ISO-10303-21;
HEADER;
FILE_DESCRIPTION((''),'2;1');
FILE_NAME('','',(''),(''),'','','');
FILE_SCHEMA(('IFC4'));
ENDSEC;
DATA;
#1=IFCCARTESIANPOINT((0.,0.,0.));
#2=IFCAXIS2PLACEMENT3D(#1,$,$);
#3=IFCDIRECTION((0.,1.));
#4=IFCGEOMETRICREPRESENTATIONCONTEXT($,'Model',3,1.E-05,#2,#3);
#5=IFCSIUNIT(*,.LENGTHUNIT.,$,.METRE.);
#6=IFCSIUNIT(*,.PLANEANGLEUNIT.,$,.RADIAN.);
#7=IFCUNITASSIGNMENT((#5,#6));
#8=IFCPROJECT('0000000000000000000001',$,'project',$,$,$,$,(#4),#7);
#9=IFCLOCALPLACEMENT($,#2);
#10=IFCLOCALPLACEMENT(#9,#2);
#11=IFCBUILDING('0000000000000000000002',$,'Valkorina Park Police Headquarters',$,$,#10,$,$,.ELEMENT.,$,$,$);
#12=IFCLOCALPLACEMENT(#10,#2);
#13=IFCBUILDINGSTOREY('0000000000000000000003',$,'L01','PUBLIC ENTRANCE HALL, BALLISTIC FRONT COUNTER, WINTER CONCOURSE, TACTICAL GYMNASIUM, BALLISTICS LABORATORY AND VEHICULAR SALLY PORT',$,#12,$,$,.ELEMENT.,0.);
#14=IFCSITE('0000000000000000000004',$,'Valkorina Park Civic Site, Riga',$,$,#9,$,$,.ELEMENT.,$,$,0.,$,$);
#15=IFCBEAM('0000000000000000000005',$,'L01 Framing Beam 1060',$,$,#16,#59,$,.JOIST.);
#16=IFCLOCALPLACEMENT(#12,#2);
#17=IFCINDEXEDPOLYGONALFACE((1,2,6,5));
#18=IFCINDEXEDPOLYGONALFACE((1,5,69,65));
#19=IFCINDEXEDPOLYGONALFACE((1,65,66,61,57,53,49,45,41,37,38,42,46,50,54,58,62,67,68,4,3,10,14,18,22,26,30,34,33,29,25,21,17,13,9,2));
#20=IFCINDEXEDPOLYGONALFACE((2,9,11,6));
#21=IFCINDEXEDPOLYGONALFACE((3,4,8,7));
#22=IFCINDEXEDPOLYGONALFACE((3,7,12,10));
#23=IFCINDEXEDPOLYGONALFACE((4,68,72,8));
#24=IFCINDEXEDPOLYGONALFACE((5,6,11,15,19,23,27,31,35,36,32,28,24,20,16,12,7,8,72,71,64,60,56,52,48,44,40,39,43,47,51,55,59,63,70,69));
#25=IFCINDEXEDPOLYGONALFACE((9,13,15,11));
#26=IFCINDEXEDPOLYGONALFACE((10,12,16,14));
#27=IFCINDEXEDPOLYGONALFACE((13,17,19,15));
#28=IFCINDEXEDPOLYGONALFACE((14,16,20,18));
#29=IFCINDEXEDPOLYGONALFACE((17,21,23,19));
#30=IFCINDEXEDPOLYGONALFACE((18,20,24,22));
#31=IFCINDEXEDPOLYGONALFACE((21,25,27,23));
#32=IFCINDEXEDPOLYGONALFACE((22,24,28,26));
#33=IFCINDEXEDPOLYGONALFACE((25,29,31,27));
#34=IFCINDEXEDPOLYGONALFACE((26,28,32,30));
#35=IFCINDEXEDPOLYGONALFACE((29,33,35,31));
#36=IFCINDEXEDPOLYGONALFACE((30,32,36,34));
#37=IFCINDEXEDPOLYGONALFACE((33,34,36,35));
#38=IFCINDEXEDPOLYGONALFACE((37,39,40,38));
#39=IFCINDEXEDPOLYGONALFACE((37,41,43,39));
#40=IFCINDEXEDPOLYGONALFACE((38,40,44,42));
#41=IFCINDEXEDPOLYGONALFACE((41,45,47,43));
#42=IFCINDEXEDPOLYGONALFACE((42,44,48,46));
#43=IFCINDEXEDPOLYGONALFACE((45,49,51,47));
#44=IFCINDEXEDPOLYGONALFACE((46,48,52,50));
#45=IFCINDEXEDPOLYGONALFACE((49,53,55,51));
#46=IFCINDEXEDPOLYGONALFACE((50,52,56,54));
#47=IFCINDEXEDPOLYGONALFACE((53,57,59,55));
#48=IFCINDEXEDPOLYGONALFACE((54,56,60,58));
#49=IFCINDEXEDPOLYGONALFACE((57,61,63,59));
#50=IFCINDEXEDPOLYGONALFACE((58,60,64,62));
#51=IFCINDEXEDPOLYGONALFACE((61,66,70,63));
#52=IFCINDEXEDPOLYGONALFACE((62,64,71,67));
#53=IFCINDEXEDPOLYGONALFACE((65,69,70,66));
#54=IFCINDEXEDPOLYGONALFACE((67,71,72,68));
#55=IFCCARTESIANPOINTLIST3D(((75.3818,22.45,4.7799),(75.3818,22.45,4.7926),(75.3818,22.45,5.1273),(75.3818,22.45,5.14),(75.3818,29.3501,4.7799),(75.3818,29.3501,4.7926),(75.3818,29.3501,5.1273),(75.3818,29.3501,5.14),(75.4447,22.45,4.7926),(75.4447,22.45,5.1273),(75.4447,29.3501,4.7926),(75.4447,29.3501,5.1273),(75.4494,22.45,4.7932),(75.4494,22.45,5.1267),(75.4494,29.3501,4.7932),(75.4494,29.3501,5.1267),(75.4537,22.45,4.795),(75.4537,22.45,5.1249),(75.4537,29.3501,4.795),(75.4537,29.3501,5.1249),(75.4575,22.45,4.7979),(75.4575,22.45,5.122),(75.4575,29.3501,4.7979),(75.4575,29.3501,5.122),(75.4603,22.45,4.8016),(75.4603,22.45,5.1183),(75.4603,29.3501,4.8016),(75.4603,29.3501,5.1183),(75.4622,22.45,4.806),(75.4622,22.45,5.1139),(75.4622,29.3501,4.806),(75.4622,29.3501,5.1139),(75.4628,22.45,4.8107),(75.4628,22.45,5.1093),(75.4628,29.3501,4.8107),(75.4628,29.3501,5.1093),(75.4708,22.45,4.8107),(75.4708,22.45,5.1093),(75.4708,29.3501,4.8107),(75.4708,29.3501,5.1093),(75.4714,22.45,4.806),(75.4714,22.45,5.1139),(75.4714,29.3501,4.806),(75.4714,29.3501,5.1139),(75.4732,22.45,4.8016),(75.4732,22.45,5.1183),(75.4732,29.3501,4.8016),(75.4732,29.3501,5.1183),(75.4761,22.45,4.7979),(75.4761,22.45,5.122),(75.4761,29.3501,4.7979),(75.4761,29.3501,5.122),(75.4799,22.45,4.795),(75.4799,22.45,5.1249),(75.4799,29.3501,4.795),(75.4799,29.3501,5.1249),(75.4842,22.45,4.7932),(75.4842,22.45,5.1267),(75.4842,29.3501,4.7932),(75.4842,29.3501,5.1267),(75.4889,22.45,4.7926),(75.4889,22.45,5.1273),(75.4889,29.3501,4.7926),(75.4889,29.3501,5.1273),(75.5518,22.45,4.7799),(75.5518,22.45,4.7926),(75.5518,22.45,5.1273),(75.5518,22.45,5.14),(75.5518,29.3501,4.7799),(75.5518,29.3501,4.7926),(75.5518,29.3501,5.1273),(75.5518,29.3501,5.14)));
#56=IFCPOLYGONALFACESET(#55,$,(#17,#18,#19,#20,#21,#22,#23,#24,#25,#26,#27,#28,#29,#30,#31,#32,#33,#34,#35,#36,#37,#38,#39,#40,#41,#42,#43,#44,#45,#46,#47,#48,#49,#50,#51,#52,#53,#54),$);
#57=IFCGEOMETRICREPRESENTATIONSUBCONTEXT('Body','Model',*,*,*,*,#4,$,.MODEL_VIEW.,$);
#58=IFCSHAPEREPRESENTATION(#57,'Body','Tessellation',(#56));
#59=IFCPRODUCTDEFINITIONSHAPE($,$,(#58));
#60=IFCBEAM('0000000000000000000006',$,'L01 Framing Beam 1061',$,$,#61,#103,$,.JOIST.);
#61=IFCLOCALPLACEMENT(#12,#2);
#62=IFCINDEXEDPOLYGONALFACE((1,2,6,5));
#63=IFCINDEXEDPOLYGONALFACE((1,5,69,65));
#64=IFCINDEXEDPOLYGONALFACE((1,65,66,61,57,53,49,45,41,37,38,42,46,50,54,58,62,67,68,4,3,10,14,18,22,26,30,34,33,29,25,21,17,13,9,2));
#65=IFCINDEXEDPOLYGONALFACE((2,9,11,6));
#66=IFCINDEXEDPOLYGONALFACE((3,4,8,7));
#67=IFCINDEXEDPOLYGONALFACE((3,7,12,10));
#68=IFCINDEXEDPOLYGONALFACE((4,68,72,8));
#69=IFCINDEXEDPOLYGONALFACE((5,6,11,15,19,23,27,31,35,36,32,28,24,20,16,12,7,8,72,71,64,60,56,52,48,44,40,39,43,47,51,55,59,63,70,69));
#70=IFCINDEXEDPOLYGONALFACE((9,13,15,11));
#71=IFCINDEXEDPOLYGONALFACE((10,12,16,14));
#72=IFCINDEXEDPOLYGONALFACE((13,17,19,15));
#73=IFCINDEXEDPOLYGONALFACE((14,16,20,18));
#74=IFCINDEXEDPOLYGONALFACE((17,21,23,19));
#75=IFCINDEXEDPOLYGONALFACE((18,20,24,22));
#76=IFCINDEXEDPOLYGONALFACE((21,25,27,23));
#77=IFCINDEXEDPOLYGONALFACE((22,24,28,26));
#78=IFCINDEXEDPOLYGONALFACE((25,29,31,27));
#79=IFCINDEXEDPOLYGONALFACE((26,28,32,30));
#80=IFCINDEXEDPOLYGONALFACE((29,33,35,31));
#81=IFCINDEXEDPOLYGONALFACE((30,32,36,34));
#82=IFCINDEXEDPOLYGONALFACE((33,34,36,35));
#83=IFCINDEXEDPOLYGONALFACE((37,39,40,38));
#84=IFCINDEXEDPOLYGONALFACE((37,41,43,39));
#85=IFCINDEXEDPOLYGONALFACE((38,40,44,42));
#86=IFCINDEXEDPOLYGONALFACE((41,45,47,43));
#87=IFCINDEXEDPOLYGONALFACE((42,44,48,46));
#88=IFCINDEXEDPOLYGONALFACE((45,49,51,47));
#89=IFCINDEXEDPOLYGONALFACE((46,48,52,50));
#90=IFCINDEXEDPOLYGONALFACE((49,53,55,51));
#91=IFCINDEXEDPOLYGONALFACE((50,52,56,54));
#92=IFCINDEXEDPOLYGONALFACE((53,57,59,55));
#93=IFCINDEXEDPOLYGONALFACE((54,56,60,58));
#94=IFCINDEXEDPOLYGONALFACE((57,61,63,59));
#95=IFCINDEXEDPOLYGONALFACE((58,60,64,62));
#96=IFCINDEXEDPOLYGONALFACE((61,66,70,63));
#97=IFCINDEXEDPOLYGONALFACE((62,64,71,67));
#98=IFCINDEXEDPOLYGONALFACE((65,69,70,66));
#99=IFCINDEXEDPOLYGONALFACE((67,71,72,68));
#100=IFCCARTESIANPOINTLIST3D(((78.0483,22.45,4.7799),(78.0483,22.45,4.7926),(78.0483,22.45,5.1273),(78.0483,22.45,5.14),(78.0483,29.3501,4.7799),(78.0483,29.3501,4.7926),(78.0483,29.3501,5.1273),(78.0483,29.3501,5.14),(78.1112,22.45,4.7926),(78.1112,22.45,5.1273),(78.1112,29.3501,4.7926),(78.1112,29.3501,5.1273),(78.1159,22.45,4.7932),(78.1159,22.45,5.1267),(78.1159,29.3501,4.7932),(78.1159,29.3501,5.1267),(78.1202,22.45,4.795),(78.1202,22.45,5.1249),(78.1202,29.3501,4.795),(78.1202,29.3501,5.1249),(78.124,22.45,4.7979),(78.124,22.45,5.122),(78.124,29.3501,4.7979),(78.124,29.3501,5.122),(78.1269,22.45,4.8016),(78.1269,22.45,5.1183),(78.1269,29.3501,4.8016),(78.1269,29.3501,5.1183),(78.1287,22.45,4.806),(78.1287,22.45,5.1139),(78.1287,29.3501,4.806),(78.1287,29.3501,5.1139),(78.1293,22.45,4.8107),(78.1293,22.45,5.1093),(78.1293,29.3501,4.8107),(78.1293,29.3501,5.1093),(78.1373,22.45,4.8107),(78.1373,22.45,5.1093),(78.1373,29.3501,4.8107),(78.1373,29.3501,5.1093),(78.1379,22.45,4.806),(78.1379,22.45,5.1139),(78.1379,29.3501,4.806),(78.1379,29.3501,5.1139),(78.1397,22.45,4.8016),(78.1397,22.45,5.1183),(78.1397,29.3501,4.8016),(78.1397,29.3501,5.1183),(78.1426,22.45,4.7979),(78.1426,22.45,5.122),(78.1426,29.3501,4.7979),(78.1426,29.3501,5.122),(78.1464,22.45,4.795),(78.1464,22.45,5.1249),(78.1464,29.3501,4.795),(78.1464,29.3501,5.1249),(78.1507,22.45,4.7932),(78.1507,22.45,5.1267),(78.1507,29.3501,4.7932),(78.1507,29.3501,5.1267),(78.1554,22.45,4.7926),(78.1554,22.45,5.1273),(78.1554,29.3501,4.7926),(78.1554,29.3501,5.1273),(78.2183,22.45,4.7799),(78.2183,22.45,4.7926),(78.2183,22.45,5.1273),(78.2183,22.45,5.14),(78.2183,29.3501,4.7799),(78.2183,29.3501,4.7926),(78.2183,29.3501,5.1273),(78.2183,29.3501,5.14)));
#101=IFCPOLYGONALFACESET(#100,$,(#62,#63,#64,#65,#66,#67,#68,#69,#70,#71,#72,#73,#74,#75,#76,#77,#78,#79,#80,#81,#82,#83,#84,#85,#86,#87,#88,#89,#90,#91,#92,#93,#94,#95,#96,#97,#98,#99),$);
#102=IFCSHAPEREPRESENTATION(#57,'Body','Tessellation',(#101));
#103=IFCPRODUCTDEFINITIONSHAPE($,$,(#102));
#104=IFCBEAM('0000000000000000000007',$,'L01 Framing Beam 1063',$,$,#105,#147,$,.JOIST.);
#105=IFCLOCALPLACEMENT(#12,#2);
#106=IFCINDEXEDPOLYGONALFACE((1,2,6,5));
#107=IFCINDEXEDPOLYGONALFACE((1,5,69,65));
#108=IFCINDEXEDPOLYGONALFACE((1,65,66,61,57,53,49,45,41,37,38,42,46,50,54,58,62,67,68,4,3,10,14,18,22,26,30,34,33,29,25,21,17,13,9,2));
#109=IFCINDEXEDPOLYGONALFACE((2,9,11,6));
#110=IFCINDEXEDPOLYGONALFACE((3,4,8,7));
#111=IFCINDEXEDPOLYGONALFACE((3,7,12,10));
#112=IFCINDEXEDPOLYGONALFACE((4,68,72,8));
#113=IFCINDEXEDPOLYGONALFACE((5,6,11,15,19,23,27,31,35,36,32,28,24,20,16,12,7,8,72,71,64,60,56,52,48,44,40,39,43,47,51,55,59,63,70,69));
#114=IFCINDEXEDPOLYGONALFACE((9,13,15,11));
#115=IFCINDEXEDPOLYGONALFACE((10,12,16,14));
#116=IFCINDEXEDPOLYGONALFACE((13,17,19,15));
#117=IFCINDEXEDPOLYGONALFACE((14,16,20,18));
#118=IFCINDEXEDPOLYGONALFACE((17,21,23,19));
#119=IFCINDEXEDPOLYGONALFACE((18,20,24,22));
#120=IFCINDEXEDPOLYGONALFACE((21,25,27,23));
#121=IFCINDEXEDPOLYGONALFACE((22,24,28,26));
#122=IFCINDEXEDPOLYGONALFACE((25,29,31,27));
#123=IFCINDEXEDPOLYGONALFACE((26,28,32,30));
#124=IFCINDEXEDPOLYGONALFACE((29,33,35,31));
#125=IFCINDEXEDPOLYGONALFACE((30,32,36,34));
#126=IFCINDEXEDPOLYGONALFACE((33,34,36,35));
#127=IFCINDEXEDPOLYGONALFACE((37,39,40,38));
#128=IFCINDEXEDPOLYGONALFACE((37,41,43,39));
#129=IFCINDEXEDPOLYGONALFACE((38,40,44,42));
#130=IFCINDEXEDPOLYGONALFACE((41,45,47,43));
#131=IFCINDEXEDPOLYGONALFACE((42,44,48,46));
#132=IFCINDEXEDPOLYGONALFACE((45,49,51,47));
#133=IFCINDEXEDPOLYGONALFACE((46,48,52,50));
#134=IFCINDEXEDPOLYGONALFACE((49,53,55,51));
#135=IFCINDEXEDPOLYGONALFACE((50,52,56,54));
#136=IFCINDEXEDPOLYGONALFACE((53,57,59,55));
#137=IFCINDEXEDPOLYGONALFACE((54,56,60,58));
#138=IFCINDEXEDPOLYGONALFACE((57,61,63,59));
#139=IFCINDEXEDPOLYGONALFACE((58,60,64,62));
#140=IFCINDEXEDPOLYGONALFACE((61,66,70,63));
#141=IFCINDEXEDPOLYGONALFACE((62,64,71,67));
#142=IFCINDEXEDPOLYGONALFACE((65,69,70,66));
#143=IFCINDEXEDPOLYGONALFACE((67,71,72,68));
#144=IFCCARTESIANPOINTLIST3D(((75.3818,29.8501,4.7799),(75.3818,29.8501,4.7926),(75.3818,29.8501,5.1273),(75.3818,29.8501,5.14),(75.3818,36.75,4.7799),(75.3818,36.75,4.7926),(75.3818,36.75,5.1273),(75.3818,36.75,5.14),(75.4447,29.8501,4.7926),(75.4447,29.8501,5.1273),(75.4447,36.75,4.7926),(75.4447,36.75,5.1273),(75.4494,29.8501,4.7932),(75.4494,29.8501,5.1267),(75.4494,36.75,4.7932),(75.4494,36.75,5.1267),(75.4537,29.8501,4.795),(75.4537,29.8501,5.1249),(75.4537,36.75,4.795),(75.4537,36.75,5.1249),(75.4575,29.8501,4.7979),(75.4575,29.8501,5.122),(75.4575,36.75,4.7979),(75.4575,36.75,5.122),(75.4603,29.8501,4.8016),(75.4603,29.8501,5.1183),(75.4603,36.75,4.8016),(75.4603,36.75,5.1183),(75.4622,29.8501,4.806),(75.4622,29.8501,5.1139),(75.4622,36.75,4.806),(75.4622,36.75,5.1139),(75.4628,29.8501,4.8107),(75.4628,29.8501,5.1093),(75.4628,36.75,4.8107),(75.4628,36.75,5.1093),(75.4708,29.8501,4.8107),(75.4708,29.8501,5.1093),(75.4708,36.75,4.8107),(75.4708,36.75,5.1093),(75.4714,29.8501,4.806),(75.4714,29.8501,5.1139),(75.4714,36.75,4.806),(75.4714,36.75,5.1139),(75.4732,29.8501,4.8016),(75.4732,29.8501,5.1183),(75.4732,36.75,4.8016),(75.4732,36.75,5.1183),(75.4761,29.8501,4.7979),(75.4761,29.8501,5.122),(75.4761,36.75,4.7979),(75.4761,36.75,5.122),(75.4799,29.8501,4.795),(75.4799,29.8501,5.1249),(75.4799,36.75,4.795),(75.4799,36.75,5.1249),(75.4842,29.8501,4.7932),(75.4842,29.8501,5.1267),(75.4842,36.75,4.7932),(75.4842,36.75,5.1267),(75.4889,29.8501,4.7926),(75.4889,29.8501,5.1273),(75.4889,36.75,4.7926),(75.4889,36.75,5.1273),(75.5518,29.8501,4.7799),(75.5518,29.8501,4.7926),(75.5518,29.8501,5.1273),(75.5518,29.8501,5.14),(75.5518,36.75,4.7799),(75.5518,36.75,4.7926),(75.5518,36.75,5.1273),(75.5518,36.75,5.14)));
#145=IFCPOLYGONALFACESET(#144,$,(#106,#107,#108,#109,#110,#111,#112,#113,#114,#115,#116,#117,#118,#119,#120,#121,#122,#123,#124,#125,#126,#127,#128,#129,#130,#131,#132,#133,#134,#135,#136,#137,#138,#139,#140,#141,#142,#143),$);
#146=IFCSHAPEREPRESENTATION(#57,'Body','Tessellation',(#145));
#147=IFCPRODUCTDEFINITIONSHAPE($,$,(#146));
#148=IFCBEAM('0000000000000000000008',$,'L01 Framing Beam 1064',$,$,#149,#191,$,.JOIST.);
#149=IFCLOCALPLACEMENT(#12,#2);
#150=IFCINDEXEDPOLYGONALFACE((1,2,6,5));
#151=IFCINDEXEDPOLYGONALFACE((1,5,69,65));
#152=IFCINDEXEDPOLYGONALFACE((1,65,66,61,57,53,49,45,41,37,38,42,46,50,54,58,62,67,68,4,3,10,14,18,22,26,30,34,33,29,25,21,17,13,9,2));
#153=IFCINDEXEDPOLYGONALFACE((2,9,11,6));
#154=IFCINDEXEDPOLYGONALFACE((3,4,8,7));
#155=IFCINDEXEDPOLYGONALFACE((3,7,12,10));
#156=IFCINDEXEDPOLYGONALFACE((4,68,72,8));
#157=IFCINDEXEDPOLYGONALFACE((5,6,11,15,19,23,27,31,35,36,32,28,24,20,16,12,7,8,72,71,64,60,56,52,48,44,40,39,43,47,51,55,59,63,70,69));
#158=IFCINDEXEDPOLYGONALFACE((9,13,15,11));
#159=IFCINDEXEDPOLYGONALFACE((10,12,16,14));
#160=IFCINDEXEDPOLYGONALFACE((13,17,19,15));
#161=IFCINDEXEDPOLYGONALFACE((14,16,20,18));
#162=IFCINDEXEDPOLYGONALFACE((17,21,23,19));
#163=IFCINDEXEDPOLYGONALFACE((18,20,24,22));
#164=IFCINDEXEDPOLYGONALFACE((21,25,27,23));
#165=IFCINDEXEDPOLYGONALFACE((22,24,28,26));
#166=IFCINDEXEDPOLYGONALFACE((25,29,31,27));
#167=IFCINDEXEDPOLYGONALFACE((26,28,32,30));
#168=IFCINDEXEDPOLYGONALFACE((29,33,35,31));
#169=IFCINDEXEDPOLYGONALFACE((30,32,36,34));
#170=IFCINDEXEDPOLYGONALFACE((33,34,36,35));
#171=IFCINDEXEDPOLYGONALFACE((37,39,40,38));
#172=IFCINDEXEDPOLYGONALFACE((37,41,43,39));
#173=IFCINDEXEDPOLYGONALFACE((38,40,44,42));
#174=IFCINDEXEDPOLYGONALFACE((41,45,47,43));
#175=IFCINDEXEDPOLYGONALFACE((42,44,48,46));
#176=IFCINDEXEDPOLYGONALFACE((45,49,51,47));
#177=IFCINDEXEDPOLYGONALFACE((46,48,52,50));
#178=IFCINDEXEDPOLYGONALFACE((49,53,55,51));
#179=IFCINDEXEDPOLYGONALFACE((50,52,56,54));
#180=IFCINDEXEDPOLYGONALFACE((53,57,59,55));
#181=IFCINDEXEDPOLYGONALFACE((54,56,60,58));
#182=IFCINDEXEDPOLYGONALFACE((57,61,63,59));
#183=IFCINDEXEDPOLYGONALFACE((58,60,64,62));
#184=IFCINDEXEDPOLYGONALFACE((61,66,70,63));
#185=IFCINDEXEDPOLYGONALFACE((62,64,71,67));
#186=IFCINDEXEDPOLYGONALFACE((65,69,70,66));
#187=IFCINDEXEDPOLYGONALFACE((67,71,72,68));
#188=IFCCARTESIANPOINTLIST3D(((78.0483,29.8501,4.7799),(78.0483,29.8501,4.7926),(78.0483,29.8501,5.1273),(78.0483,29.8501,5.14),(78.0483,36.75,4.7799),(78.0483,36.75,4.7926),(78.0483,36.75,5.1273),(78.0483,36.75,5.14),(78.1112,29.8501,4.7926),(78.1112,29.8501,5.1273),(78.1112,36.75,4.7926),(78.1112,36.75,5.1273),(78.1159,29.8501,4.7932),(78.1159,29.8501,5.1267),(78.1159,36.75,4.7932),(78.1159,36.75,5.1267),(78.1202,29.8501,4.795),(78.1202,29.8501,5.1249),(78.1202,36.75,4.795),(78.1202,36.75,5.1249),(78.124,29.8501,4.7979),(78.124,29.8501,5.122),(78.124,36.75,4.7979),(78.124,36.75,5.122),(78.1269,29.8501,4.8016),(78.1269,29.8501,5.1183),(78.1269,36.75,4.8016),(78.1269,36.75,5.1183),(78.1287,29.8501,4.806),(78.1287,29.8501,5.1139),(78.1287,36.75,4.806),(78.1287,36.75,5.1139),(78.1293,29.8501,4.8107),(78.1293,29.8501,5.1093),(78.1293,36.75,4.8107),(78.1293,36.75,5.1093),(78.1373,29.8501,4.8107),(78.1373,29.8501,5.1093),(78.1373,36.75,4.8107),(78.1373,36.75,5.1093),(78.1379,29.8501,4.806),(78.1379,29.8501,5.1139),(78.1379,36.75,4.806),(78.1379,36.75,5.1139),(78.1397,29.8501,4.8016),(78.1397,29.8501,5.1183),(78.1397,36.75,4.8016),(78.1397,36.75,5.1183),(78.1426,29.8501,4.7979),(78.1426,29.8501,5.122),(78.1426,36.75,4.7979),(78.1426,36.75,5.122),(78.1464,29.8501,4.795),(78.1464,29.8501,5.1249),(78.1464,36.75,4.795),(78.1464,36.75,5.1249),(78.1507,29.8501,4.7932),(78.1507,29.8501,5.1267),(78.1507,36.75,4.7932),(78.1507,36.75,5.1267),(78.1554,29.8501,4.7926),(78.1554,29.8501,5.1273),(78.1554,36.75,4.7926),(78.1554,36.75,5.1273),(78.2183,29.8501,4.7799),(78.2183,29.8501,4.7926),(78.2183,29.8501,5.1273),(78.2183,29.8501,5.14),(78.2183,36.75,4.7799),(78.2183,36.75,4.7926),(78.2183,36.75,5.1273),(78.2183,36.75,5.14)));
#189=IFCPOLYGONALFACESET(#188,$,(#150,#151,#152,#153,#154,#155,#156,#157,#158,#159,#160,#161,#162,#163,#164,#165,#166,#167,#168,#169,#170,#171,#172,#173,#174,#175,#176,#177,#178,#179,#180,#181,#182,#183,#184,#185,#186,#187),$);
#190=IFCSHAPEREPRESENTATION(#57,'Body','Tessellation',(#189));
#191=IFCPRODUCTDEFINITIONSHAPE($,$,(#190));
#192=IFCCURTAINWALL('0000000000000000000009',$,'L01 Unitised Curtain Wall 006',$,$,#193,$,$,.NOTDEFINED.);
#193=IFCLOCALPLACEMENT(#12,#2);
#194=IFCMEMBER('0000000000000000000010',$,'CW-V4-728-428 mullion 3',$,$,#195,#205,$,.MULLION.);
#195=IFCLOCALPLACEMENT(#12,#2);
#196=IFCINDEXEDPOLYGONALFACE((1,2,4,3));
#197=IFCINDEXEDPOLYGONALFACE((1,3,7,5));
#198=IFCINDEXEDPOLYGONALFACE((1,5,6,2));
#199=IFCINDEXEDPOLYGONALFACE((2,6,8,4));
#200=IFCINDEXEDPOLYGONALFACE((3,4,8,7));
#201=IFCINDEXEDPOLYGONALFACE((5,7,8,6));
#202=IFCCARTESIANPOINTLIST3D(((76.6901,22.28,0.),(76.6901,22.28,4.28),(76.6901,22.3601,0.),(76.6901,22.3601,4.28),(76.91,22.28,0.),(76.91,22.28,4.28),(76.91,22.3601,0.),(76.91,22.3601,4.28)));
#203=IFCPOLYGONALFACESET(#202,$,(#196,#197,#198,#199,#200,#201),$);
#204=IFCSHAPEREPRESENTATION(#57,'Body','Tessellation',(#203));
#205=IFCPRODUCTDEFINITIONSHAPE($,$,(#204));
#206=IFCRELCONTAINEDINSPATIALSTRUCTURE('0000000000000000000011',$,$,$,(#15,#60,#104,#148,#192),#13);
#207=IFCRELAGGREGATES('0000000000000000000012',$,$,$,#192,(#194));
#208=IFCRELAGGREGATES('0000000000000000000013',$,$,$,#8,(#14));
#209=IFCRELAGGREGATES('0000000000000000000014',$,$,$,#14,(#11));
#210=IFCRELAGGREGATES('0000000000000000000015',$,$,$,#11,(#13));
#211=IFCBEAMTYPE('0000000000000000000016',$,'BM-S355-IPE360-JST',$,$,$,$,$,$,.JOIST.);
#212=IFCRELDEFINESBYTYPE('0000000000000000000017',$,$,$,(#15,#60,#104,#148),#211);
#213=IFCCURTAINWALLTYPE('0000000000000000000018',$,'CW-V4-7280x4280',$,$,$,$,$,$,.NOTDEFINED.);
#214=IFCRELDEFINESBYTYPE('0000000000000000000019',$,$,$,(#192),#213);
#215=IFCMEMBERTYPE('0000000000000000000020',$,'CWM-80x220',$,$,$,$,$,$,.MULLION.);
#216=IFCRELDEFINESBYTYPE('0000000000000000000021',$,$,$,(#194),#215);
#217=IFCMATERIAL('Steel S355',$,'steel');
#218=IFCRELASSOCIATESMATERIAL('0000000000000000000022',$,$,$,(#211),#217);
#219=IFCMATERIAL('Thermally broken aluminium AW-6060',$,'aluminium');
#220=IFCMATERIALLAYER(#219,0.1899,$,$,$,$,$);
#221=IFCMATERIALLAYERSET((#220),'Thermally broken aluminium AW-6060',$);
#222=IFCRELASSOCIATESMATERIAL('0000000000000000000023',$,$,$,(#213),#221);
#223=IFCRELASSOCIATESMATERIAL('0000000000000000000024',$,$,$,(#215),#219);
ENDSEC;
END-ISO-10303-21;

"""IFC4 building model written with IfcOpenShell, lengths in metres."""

from ifc_helpers import new_model, si_unit, direction, frame, origin, origin_2d, place, context, subcontext, project, spatial, rectangle, i_section, extrude, material, layer, layer_set, material_profile, profile_set, type_object, element, aggregate, save


model = new_model("IFC4")

# Units and contexts
model_context = context("Model", 3, precision=1e-05, world=origin(), true_north=direction((0.0, 1.0)))
body_context = subcontext(model_context, "Body", "Model", "MODEL_VIEW")
ifc_project = project(units=[si_unit("LENGTHUNIT", "METRE"), si_unit("PLANEANGLEUNIT", "RADIAN")], contexts=[model_context])

# Site, building, storey
site_placement = place(None, origin())
site = spatial("IfcSite", under=ifc_project, at=site_placement, Name="Valkorina Park Civic Site, Riga", CompositionType="ELEMENT", RefElevation=0.0)
building_placement = place(site_placement, origin())
building = spatial("IfcBuilding", under=site, at=building_placement, Name="Valkorina Park Police Headquarters", CompositionType="ELEMENT")
storey_placement = place(building_placement, origin())
storey = spatial("IfcBuildingStorey", under=building, at=storey_placement, Name="L01", Description="PUBLIC ENTRANCE HALL, BALLISTIC FRONT COUNTER, WINTER CONCOURSE, TACTICAL GYMNASIUM, BALLISTICS LABORATORY AND VEHICULAR SALLY PORT", CompositionType="ELEMENT", Elevation=0.0)

# Beams
ifc_material_1 = material(Name="Steel S355", Category="steel")
ifc_material_profile_1 = material_profile(ifc_material_1, i_section(OverallWidth=0.1699, OverallDepth=0.3601, WebThickness=0.0081, FlangeThickness=0.0127, FilletRadius=0.0181, at=origin_2d()), Name="IPE 360")
ifc_profile_set_1 = profile_set([ifc_material_profile_1], Name="Steel S355")
beam_type_1 = type_object("IfcBeamType", Name="BM-S355-IPE360-JST", PredefinedType="JOIST", material=ifc_profile_set_1)
for number, where, z_axis, x_axis, name in (
    (1, (75.4668, 22.45, 4.96), (0.0, 1.0, 0.0), (-1.0, 0.0, 0.0), "L01 Framing Beam 1060"),
    (2, (78.1333, 22.45, 4.96), (0.0, 1.0, 0.0), (-1.0, 0.0, 0.0), "L01 Framing Beam 1061"),
):
    element("IfcBeam", number, at=place(storey_placement, frame(where, z_axis=z_axis, x_axis=x_axis)), inside=storey, type_object=beam_type_1, Name=name, PredefinedType="JOIST", context=body_context, shape_type="SweptSolid", body=[
        extrude(i_section(OverallWidth=0.1699, OverallDepth=0.3601, WebThickness=0.0081, FlangeThickness=0.0127, FilletRadius=0.0181, at=origin_2d()), origin(), (0.0, 0.0, 1.0), 6.9001),
    ])
for number, where, z_axis, x_axis, name in (
    (3, (75.4668, 29.8501, 4.96), (0.0, 1.0, 0.0), (-1.0, 0.0, 0.0), "L01 Framing Beam 1063"),
    (4, (78.1333, 29.8501, 4.96), (0.0, 1.0, 0.0), (-1.0, 0.0, 0.0), "L01 Framing Beam 1064"),
):
    element("IfcBeam", number, at=place(storey_placement, frame(where, z_axis=z_axis, x_axis=x_axis)), inside=storey, type_object=beam_type_1, Name=name, PredefinedType="JOIST", context=body_context, shape_type="SweptSolid", body=[
        extrude(i_section(OverallWidth=0.1699, OverallDepth=0.3601, WebThickness=0.0081, FlangeThickness=0.0127, FilletRadius=0.0181, at=origin_2d()), origin(), (0.0, 0.0, 1.0), 6.8999),
    ])

# Curtain wall, member
ifc_material_2 = material(Name="Thermally broken aluminium AW-6060", Category="aluminium")
ifc_layer_1 = layer(ifc_material_2, 0.1899)
ifc_layer_set_1 = layer_set([ifc_layer_1], Name="Thermally broken aluminium AW-6060")
curtain_wall_type = type_object("IfcCurtainWallType", Name="CW-V4-7280x4280", PredefinedType="NOTDEFINED", material=ifc_layer_set_1)
curtain_wall_placement = place(storey_placement, origin())
curtain_wall = element("IfcCurtainWall", 5, at=curtain_wall_placement, inside=storey, type_object=curtain_wall_type, Name="L01 Unitised Curtain Wall 006", PredefinedType="NOTDEFINED")
ifc_material_profile_2 = material_profile(ifc_material_2, rectangle(XDim=0.0801, YDim=0.22, at=origin_2d()), Name="CWM-03 80x220")
ifc_profile_set_2 = profile_set([ifc_material_profile_2], Name="Thermally broken aluminium AW-6060")
member_type_1 = type_object("IfcMemberType", Name="CWM-80x220", PredefinedType="MULLION", material=ifc_profile_set_2)
member_1_placement = place(storey_placement, frame((76.8, 22.3201, 0.0), z_axis=(0.0, 0.0, 1.0), x_axis=(0.0, -1.0, 0.0)))
member_1 = element("IfcMember", 6, at=member_1_placement, type_object=member_type_1, Name="CW-V4-728-428 mullion 3", PredefinedType="MULLION", context=body_context, shape_type="SweptSolid", body=[
    extrude(rectangle(XDim=0.0801, YDim=0.22, at=origin_2d()), origin(), (0.0, 0.0, 1.0), 4.28),
])
aggregate(curtain_wall, [member_1])

save(model, "model.ifc")
